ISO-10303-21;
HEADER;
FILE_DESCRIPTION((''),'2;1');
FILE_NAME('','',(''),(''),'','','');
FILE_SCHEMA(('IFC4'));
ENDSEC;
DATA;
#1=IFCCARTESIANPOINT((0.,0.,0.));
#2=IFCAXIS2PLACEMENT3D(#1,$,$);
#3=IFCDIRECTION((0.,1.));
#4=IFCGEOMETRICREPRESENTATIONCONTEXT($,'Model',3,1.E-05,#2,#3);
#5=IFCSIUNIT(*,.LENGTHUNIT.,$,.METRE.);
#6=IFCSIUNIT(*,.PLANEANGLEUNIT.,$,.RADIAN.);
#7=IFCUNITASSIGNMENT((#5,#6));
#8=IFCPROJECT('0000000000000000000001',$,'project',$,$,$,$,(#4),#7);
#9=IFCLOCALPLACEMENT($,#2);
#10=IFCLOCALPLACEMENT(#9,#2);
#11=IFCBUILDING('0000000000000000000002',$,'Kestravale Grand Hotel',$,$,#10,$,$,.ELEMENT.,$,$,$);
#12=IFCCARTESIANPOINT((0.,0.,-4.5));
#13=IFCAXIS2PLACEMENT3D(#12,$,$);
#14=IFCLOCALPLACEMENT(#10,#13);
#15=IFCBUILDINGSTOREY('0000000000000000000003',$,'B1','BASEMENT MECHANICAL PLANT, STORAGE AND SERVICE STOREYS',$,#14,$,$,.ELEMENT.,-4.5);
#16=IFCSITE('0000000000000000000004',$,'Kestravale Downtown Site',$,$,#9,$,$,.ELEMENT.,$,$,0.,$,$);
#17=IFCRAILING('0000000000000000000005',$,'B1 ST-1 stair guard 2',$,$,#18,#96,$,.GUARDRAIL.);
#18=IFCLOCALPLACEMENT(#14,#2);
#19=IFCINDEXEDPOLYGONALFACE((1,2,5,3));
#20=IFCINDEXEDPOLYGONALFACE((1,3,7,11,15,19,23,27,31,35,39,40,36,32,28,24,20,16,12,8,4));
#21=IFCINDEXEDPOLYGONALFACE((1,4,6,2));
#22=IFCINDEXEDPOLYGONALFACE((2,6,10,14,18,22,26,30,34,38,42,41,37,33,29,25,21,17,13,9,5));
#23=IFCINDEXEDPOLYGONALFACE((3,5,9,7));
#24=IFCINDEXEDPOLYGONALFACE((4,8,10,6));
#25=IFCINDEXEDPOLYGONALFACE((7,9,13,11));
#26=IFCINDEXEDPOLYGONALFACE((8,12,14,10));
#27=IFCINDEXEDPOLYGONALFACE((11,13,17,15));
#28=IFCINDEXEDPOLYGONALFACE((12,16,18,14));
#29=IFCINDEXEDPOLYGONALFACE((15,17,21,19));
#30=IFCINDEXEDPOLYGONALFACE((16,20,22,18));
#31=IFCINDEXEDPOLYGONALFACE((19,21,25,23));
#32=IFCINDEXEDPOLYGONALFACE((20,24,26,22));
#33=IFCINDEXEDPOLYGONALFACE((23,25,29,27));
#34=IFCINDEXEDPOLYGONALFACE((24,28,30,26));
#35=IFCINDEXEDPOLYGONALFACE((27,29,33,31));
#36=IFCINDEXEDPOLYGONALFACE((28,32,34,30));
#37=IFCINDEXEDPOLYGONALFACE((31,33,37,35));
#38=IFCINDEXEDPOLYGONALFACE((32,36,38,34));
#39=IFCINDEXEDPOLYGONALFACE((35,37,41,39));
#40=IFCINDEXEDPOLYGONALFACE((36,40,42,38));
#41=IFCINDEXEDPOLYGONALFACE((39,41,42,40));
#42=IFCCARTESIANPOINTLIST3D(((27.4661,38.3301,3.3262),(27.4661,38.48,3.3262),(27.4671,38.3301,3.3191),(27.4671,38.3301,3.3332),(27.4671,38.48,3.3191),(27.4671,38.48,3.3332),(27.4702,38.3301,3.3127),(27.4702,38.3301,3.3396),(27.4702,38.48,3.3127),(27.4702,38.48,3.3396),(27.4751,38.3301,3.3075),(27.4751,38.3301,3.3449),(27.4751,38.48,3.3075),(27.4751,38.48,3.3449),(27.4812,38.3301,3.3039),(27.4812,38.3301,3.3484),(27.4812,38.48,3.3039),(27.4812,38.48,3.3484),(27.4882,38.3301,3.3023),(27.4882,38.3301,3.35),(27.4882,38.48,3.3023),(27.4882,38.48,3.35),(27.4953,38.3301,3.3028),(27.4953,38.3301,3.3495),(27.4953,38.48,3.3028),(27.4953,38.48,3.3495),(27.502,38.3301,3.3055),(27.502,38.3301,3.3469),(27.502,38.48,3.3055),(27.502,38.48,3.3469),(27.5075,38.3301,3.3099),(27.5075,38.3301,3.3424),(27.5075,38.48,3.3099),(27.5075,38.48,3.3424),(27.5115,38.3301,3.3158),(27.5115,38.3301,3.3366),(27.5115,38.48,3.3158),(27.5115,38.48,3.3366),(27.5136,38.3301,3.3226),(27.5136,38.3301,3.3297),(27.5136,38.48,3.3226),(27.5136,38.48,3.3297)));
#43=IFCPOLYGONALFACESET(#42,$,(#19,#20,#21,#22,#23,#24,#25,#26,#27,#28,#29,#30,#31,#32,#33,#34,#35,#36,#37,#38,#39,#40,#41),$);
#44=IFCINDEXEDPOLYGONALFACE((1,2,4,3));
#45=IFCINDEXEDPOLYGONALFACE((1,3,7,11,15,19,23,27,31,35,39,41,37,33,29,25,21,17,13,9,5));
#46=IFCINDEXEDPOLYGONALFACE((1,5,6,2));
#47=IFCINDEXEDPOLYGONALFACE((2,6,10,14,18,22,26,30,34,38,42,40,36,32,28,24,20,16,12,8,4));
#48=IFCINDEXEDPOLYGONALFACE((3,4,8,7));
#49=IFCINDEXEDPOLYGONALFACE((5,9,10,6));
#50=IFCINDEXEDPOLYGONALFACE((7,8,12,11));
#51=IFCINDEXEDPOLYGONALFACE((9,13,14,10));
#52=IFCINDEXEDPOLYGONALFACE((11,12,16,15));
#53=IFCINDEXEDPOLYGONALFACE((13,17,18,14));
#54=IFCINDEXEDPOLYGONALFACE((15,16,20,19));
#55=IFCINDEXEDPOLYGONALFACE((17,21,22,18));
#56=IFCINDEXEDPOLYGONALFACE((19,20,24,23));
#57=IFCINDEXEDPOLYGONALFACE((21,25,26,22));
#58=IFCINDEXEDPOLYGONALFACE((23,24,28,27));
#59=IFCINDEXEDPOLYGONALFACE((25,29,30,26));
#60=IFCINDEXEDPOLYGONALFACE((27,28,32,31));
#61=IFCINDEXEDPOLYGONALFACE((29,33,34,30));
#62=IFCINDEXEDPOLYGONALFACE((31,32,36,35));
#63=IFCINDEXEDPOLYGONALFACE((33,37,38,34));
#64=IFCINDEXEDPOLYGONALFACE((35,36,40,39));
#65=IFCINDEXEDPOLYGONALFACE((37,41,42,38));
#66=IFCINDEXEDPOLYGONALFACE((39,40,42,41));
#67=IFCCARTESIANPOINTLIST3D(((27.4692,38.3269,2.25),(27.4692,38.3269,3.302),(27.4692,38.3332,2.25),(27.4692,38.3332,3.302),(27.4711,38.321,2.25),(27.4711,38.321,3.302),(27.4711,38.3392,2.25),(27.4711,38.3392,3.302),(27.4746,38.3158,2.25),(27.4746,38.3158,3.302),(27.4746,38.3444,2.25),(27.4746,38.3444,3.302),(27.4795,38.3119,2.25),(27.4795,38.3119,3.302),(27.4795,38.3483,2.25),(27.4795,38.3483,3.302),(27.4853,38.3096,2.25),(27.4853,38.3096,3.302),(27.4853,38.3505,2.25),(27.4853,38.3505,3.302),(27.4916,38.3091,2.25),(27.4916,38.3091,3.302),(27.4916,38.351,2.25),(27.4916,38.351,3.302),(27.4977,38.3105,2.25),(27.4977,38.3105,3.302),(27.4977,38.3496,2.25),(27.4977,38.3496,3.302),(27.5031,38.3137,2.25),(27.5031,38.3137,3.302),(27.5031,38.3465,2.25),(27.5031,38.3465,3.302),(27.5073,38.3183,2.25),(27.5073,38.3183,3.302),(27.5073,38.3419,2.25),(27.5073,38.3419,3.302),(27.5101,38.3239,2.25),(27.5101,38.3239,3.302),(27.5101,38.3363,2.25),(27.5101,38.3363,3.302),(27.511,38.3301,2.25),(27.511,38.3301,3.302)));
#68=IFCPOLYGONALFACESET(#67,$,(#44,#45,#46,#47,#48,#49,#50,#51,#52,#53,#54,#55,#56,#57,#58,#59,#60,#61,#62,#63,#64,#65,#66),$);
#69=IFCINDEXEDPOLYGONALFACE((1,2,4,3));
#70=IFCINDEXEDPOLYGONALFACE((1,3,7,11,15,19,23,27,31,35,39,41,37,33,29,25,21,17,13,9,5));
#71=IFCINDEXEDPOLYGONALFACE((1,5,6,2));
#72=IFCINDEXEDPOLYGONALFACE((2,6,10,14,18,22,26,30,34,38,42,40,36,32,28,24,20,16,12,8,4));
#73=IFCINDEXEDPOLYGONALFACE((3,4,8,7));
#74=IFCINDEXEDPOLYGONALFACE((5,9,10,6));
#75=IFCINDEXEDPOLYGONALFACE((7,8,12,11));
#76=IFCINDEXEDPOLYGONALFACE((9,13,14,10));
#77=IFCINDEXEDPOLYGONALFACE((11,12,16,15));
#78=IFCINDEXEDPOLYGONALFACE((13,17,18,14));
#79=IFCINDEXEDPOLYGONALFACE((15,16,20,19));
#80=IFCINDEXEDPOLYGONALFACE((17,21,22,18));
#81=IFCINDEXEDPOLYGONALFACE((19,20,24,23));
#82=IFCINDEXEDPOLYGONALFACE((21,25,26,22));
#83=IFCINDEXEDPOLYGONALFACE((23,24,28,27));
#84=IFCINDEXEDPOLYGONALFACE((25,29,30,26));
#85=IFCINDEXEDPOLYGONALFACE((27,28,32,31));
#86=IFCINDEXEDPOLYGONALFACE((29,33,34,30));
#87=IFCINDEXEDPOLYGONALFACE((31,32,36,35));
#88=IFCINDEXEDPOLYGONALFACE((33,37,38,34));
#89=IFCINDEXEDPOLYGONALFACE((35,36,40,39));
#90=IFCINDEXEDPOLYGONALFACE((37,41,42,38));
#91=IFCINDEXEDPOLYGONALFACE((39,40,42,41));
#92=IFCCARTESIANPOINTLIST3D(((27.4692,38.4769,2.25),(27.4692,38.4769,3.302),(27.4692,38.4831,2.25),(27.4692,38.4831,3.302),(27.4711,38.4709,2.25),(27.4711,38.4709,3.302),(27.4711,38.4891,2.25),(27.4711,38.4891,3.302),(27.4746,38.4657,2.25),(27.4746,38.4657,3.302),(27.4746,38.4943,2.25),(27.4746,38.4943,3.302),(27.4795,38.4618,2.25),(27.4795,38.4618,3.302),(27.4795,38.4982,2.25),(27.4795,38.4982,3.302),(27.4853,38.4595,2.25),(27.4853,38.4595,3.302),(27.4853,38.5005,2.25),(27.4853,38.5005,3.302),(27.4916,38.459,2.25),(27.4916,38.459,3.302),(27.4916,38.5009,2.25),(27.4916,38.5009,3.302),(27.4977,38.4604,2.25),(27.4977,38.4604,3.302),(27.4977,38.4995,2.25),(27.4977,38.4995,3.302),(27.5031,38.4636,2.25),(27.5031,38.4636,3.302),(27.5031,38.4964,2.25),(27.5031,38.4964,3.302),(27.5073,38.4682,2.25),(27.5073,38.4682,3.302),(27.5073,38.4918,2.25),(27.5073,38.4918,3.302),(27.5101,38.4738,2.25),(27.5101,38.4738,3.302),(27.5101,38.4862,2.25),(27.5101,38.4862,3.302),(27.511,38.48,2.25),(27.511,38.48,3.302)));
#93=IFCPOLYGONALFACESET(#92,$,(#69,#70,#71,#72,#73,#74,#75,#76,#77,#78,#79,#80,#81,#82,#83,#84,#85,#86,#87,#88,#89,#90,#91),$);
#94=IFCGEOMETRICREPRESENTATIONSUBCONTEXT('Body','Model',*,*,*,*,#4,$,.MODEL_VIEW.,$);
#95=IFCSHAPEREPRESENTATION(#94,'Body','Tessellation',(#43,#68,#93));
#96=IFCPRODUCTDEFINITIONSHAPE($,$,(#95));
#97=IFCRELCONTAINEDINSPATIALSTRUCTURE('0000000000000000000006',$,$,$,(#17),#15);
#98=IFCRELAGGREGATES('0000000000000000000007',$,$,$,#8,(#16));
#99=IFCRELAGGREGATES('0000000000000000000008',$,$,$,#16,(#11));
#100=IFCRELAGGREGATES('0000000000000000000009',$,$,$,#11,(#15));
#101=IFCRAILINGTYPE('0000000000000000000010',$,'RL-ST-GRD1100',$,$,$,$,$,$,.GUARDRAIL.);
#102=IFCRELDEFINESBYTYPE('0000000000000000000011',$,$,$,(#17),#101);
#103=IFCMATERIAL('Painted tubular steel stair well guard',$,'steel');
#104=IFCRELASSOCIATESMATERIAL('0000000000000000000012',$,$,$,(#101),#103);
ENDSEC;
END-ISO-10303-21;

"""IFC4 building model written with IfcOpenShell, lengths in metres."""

from ifc_helpers import new_model, si_unit, direction, frame, origin, origin_2d, place, context, subcontext, project, spatial, circle, extrude, material, type_object, element, save


model = new_model("IFC4")

# Units and contexts
model_context = context("Model", 3, precision=1e-05, world=origin(), true_north=direction((0.0, 1.0)))
body_context = subcontext(model_context, "Body", "Model", "MODEL_VIEW")
ifc_project = project(units=[si_unit("LENGTHUNIT", "METRE"), si_unit("PLANEANGLEUNIT", "RADIAN")], contexts=[model_context])

# Site, building, storey
site_placement = place(None, origin())
site = spatial("IfcSite", under=ifc_project, at=site_placement, Name="Kestravale Downtown Site", CompositionType="ELEMENT", RefElevation=0.0)
building_placement = place(site_placement, origin())
building = spatial("IfcBuilding", under=site, at=building_placement, Name="Kestravale Grand Hotel", CompositionType="ELEMENT")
storey_placement = place(building_placement, frame((0.0, 0.0, -4.5)))
storey = spatial("IfcBuildingStorey", under=building, at=storey_placement, Name="B1", Description="BASEMENT MECHANICAL PLANT, STORAGE AND SERVICE STOREYS", CompositionType="ELEMENT", Elevation=-4.5)

# Railing
ifc_material_1 = material(Name="Painted tubular steel stair well guard", Category="steel")
railing_type_1 = type_object("IfcRailingType", Name="RL-ST-GRD1100", PredefinedType="GUARDRAIL", material=ifc_material_1)
railing_1_placement = place(storey_placement, frame((27.49, 38.3301, 2.25)))
element("IfcRailing", 1, at=railing_1_placement, inside=storey, type_object=railing_type_1, Name="B1 ST-1 stair guard 2", PredefinedType="GUARDRAIL", context=body_context, shape_type="SweptSolid", body=[
    extrude(circle(Radius=0.0239, at=origin_2d()), frame((0.0, 0.0, 1.0762), z_axis=(0.0, 1.0, 0.0), x_axis=(-1.0, 0.0, 0.0)), (0.0, 0.0, 1.0), 0.1499),
    extrude(circle(Radius=0.021, at=origin_2d()), origin(), (0.0, 0.0, 1.0), 1.052),
    extrude(circle(Radius=0.021, at=origin_2d()), frame((0.0, 0.1499, 0.0)), (0.0, 0.0, 1.0), 1.052),
])

save(model, "model.ifc")
